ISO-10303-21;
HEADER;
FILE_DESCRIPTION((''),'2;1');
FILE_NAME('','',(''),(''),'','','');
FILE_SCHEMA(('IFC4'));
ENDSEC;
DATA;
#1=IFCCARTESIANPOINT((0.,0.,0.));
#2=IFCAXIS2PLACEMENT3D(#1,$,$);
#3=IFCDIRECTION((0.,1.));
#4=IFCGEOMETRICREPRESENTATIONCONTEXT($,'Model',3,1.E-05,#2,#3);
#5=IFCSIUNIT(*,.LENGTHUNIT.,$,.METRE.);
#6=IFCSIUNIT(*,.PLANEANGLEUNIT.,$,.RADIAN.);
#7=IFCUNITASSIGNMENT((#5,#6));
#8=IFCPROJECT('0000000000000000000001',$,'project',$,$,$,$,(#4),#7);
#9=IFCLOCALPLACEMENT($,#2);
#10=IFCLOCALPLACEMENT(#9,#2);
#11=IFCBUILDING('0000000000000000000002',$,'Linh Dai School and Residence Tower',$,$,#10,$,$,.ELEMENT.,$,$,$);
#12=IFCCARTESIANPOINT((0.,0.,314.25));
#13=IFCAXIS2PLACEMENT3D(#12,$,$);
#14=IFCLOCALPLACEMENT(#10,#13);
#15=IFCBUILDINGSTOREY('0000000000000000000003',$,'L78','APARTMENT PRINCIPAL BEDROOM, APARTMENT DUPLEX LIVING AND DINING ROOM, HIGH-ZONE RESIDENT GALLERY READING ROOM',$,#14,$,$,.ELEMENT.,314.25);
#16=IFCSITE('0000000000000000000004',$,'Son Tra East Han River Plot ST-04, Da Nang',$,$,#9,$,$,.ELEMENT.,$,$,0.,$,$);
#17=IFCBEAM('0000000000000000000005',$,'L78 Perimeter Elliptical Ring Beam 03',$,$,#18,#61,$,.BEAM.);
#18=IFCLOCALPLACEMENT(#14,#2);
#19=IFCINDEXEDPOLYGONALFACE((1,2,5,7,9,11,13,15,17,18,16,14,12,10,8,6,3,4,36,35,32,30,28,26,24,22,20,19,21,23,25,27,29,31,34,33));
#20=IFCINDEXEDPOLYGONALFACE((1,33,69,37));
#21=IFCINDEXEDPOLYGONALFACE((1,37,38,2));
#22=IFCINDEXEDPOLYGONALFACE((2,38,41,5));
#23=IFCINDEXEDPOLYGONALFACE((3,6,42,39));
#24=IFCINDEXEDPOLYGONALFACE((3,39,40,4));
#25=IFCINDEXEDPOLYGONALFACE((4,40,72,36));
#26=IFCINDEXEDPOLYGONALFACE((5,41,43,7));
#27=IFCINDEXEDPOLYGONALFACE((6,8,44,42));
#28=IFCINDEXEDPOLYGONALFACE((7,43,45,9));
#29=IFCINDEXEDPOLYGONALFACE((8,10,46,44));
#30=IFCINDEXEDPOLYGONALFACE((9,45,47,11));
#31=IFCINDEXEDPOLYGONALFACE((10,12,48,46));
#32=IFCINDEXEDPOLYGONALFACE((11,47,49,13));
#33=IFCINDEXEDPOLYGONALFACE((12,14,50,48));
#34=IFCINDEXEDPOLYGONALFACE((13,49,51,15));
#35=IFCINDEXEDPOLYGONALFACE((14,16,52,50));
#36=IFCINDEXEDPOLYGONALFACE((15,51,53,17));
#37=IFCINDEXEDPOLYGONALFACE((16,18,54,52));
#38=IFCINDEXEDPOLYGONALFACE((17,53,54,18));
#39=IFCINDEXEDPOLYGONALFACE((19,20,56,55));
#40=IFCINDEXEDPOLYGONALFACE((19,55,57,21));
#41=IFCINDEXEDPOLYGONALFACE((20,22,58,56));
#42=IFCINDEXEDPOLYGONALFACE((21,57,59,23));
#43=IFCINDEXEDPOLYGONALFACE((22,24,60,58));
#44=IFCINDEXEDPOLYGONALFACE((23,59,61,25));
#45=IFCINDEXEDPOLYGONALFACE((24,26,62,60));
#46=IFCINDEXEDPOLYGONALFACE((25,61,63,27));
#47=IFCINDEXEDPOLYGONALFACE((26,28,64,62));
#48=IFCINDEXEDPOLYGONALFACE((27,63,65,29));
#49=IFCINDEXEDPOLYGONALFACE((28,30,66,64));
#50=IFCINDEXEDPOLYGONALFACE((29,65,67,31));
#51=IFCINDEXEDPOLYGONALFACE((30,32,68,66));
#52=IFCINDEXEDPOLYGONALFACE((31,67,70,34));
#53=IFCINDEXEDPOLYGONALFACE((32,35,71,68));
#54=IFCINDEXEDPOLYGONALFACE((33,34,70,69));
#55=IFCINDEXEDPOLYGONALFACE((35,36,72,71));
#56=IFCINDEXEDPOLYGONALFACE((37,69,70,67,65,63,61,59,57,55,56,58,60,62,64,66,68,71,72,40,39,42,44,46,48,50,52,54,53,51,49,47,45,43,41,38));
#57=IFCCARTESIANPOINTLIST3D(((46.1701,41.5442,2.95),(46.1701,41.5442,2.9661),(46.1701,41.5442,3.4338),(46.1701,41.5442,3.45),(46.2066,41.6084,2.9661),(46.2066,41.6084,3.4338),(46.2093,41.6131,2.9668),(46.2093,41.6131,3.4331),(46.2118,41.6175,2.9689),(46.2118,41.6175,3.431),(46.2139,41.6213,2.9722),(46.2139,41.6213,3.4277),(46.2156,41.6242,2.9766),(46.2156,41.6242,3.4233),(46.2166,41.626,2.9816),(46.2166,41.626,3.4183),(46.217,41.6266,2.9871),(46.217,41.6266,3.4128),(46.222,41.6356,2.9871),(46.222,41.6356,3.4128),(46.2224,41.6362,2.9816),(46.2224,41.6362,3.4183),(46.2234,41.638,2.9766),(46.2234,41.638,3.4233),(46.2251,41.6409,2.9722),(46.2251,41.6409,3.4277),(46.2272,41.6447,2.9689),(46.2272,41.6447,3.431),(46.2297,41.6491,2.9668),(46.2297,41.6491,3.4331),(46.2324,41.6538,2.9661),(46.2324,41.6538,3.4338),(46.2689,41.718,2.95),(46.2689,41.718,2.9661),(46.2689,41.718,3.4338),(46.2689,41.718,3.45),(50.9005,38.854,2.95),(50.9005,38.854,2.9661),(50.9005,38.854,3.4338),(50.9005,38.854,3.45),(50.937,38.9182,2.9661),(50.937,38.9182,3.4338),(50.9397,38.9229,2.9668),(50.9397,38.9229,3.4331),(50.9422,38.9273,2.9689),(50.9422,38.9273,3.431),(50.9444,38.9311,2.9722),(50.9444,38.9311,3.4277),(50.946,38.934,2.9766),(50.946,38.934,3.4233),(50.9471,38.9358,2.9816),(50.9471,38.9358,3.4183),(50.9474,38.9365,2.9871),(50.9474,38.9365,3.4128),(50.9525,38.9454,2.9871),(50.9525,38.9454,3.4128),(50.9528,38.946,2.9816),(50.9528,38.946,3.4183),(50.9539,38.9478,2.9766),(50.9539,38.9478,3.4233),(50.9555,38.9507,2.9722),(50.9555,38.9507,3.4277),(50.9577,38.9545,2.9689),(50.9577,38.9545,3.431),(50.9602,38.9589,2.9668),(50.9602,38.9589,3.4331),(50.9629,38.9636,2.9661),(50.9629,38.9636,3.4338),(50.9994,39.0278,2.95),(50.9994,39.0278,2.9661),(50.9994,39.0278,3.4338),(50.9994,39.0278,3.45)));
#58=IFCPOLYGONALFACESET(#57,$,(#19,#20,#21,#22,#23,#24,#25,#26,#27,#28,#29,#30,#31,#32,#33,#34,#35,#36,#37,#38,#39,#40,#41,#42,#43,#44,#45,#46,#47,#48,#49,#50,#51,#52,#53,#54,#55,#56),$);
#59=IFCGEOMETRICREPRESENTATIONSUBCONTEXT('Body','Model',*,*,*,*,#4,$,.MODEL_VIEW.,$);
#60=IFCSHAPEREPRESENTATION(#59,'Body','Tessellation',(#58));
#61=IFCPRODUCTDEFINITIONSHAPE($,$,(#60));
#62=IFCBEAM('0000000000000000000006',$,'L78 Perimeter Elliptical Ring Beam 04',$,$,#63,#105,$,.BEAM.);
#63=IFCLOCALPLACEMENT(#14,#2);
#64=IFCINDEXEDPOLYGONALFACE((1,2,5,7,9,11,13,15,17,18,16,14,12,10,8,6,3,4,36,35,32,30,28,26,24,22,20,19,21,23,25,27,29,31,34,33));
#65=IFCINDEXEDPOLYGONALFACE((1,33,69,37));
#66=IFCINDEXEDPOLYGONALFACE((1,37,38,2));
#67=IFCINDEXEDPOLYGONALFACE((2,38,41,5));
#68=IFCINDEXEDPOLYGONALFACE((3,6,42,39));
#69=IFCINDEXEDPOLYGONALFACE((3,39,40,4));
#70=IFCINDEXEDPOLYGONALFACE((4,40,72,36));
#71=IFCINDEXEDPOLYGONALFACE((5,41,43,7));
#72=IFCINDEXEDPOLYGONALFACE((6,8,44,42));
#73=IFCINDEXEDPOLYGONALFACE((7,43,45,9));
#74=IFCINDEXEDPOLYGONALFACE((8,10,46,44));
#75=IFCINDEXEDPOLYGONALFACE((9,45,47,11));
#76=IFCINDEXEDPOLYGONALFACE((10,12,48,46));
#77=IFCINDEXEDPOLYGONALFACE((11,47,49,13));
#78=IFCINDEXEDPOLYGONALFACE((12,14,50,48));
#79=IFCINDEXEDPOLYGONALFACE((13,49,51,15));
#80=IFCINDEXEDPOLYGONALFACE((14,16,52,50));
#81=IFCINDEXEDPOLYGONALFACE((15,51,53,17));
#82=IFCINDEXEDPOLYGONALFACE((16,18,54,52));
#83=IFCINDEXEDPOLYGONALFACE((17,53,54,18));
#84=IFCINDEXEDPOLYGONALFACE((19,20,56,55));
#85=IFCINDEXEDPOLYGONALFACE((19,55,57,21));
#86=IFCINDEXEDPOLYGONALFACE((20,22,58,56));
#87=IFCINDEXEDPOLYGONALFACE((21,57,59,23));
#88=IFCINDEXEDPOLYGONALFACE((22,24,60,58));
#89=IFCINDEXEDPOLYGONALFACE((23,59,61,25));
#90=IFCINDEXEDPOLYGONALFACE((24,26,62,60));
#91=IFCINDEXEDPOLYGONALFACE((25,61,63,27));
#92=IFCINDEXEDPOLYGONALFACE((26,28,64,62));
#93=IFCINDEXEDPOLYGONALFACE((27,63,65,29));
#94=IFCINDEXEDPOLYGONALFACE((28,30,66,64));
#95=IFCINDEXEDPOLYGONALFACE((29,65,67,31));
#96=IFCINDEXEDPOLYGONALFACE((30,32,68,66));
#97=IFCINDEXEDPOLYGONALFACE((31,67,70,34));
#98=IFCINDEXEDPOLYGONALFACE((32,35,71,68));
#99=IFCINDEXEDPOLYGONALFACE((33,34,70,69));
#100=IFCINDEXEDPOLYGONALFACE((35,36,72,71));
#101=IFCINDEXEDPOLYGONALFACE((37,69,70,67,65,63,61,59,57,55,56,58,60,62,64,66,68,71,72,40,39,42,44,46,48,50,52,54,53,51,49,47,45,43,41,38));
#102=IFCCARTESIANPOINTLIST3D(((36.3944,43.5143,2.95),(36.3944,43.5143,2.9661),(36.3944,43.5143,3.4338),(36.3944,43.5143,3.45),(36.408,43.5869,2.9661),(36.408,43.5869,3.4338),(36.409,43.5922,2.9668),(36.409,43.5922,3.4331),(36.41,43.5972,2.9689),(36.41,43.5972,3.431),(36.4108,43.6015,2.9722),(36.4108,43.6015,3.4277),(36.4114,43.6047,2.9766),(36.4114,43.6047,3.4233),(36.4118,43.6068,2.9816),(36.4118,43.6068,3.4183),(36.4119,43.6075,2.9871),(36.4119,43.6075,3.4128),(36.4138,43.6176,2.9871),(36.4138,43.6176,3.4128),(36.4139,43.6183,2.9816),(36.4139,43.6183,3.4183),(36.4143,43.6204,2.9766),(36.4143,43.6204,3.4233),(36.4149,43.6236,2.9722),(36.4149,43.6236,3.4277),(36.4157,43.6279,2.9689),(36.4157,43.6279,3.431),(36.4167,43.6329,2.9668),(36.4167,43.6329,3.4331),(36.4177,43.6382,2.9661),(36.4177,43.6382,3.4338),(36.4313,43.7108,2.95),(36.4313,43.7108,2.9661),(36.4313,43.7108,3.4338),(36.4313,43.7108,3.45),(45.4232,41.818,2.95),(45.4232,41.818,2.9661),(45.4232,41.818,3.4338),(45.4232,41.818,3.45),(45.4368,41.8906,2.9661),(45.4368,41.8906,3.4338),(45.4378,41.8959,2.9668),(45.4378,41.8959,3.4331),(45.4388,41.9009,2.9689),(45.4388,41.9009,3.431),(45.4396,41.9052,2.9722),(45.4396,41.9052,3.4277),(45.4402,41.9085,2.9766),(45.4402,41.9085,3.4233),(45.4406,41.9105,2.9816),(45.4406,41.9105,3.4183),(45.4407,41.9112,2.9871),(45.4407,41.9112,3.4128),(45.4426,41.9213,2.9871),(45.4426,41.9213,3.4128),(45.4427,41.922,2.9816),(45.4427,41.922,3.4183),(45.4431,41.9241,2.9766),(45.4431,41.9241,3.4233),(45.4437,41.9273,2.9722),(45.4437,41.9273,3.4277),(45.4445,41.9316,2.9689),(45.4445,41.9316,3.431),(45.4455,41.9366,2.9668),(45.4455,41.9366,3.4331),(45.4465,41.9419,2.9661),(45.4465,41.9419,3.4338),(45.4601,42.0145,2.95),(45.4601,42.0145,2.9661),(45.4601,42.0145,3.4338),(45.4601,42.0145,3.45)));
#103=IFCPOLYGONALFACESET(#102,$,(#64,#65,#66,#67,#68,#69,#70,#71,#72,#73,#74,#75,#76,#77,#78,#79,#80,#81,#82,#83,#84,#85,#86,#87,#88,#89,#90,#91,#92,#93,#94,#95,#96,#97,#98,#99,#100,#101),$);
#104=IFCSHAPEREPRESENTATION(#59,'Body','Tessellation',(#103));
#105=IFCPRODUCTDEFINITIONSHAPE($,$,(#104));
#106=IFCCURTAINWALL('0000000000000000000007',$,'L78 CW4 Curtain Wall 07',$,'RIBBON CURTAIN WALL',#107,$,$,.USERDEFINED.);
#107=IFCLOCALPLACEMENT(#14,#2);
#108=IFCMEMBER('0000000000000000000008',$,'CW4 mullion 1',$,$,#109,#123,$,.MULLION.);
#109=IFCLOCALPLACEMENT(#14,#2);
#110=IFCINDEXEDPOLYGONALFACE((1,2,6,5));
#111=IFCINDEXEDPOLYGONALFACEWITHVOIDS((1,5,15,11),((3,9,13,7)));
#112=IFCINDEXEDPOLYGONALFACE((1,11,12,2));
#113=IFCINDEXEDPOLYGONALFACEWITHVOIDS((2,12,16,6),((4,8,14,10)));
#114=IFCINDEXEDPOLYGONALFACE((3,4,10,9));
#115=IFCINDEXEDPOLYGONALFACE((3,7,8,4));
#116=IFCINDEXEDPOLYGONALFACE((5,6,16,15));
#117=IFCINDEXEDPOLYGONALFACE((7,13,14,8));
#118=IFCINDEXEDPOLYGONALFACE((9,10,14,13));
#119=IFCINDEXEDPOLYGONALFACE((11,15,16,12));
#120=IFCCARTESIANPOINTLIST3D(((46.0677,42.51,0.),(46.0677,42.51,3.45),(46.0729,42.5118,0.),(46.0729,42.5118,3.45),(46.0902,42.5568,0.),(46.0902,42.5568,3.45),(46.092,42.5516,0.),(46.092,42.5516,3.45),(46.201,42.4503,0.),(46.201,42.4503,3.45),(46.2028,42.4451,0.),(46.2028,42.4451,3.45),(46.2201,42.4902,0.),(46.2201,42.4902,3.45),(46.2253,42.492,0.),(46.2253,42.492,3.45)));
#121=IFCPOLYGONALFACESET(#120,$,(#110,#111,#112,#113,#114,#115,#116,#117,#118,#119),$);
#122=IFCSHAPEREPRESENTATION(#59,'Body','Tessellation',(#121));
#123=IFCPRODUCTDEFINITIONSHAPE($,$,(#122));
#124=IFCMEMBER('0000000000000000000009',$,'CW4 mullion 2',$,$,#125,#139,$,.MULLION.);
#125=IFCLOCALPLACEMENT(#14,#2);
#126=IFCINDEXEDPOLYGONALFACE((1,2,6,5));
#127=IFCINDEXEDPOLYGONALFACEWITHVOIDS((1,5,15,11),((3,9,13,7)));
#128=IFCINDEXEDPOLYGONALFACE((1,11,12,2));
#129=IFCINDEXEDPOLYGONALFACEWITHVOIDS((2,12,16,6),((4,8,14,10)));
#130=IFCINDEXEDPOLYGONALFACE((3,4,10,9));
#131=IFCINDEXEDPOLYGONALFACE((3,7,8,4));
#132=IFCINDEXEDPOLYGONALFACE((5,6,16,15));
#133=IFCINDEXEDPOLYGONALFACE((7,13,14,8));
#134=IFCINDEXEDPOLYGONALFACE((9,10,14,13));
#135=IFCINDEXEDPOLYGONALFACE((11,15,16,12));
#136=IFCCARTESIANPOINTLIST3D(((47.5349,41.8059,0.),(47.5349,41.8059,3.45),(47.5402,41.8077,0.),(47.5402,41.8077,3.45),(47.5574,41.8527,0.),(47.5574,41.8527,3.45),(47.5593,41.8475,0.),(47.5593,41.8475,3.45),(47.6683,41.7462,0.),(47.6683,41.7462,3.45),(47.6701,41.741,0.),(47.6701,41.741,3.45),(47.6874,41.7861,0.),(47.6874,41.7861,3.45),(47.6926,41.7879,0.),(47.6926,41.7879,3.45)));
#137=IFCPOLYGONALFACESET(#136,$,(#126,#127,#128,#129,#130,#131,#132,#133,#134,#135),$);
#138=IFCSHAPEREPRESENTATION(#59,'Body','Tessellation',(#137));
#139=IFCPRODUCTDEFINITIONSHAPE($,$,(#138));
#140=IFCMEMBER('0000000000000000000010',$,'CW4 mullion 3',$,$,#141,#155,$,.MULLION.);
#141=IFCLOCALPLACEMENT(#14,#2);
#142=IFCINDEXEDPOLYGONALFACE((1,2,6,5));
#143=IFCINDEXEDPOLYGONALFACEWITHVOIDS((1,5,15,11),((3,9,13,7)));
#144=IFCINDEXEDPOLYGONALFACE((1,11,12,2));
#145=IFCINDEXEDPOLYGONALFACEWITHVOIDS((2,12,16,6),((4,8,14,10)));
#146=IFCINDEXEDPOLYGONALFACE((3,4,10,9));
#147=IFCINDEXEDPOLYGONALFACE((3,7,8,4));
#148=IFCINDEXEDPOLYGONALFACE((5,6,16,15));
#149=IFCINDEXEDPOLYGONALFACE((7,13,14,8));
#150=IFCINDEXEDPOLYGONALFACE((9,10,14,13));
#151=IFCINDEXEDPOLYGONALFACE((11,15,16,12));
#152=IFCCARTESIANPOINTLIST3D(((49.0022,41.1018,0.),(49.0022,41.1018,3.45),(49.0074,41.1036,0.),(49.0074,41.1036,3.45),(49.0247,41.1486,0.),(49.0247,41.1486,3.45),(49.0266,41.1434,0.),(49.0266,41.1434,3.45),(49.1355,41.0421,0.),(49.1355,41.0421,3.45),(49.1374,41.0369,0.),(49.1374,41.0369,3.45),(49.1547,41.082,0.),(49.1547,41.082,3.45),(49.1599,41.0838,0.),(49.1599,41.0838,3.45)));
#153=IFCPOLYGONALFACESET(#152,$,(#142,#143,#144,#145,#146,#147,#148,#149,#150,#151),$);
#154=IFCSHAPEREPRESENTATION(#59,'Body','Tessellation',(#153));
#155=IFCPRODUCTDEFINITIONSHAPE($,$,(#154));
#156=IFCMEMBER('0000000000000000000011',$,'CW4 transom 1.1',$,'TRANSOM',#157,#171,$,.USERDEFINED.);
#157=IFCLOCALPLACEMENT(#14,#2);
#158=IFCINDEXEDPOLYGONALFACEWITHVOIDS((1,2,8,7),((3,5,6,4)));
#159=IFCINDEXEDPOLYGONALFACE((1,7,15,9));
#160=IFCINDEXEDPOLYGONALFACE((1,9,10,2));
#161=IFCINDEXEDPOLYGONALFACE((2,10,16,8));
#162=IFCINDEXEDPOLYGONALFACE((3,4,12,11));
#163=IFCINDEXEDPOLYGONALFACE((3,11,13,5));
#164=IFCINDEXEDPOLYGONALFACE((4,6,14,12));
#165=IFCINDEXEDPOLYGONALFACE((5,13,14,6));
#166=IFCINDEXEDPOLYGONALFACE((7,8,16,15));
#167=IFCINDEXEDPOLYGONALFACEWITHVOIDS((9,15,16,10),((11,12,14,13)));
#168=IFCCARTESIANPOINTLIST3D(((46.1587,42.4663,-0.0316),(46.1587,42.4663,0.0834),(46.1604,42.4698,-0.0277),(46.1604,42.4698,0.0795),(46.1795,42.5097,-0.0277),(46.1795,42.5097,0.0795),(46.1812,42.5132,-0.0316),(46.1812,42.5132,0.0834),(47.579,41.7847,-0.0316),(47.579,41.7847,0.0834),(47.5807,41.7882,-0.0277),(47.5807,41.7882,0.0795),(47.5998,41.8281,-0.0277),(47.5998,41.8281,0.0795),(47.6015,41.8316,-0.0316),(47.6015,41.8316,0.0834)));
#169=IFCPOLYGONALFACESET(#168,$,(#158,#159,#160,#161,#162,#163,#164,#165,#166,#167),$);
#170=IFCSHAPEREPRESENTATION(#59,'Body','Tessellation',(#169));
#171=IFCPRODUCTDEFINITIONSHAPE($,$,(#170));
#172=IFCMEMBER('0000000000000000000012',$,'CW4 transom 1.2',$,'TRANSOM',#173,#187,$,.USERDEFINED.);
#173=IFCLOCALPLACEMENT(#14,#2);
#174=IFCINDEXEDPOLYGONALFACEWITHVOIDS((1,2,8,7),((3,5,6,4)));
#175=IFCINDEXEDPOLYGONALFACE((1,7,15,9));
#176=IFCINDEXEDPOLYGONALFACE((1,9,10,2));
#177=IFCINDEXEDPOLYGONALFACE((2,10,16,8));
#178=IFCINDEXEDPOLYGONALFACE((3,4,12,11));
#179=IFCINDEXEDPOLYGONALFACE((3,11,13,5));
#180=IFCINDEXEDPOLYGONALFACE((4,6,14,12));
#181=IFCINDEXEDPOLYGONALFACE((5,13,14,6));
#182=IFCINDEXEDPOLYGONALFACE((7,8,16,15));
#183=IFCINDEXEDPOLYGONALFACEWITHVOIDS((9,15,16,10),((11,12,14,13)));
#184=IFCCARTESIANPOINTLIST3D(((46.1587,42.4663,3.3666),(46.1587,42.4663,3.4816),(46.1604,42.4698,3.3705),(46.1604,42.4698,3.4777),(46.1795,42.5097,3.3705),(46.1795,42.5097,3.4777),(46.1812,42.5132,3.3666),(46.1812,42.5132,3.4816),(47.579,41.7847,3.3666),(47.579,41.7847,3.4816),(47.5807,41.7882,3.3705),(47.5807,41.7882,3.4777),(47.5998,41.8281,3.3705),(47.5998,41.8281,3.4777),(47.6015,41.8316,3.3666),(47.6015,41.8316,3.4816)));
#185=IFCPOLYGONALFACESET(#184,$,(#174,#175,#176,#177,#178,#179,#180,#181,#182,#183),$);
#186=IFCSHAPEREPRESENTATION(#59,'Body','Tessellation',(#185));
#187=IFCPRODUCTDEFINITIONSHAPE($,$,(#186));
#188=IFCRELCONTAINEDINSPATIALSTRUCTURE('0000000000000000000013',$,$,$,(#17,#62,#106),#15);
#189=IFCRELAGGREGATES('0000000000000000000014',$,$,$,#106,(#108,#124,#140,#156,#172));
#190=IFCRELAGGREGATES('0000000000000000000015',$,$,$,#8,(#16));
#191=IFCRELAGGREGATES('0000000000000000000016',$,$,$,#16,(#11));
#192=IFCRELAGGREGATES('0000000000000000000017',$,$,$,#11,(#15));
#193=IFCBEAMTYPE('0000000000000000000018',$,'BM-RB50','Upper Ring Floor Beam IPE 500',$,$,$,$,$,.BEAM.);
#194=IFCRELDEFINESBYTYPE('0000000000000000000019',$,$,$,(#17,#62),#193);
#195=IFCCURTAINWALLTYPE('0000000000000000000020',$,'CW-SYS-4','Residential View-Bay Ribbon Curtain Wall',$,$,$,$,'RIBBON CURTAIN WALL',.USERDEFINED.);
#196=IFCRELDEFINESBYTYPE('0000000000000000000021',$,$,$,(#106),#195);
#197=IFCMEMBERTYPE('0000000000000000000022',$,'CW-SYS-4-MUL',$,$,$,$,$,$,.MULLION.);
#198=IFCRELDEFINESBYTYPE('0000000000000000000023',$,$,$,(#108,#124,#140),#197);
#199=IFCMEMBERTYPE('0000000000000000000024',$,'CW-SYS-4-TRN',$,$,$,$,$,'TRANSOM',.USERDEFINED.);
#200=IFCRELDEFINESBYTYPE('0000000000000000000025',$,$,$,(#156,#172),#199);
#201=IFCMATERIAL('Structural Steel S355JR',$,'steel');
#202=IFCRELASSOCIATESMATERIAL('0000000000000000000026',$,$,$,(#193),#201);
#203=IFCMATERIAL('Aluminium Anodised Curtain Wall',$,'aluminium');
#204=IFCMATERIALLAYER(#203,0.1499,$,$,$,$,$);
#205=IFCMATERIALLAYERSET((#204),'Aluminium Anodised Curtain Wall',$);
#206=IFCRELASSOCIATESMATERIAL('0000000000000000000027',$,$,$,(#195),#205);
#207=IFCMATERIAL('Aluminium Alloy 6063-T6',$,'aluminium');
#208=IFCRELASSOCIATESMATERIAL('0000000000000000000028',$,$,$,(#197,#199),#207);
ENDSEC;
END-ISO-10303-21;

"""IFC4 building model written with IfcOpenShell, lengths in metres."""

from ifc_helpers import new_model, si_unit, direction, frame, origin, origin_2d, place, context, subcontext, project, spatial, hollow_rectangle, i_section, extrude, source, transform, mapped, material, layer, layer_set, material_profile, profile_set, type_object, element, aggregate, save


model = new_model("IFC4")

# Units and contexts
model_context = context("Model", 3, precision=1e-05, world=origin(), true_north=direction((0.0, 1.0)))
body_context = subcontext(model_context, "Body", "Model", "MODEL_VIEW")
ifc_project = project(units=[si_unit("LENGTHUNIT", "METRE"), si_unit("PLANEANGLEUNIT", "RADIAN")], contexts=[model_context])

# Site, building, storey
site_placement = place(None, origin())
site = spatial("IfcSite", under=ifc_project, at=site_placement, Name="Son Tra East Han River Plot ST-04, Da Nang", CompositionType="ELEMENT", RefElevation=0.0)
building_placement = place(site_placement, origin())
building = spatial("IfcBuilding", under=site, at=building_placement, Name="Linh Dai School and Residence Tower", CompositionType="ELEMENT")
storey_placement = place(building_placement, frame((0.0, 0.0, 314.25)))
storey = spatial("IfcBuildingStorey", under=building, at=storey_placement, Name="L78", Description="APARTMENT PRINCIPAL BEDROOM, APARTMENT DUPLEX LIVING AND DINING ROOM, HIGH-ZONE RESIDENT GALLERY READING ROOM", CompositionType="ELEMENT", Elevation=314.25)

# Shared definitions
ifc_material_1 = material(Name="Structural Steel S355JR", Category="steel")

# Beams
ifc_material_profile_1 = material_profile(ifc_material_1, i_section(OverallWidth=0.2, OverallDepth=0.5, WebThickness=0.0103, FlangeThickness=0.0161, FilletRadius=0.021, at=origin_2d()), Name="IPE 500")
ifc_profile_set_1 = profile_set([ifc_material_profile_1], Name="Structural Steel S355JR")
beam_type = type_object("IfcBeamType", Name="BM-RB50", Description="Upper Ring Floor Beam IPE 500", PredefinedType="BEAM", material=ifc_profile_set_1)
beam_1_placement = place(storey_placement, frame((50.95, 38.9409, 3.2), z_axis=(-0.869266, 0.494345, 0.0), x_axis=(-0.494345, -0.869266, 0.0)))
element("IfcBeam", 1, at=beam_1_placement, inside=storey, type_object=beam_type, Name="L78 Perimeter Elliptical Ring Beam 03", PredefinedType="BEAM", context=body_context, shape_type="SweptSolid", body=[
    extrude(i_section(OverallWidth=0.2, OverallDepth=0.5, WebThickness=0.0103, FlangeThickness=0.0161, FilletRadius=0.021, at=origin_2d()), origin(), (0.0, 0.0, 1.0), 5.4419),
])
beam_2_placement = place(storey_placement, frame((45.4417, 41.9163, 3.2), z_axis=(-0.982805, 0.184645, 0.0), x_axis=(-0.184645, -0.982805, 0.0)))
element("IfcBeam", 2, at=beam_2_placement, inside=storey, type_object=beam_type, Name="L78 Perimeter Elliptical Ring Beam 04", PredefinedType="BEAM", context=body_context, shape_type="SweptSolid", body=[
    extrude(i_section(OverallWidth=0.2, OverallDepth=0.5, WebThickness=0.0103, FlangeThickness=0.0161, FilletRadius=0.021, at=origin_2d()), origin(), (0.0, 0.0, 1.0), 9.1868),
])

# Curtain wall, members
ifc_material_2 = material(Name="Aluminium Anodised Curtain Wall", Category="aluminium")
ifc_layer_1 = layer(ifc_material_2, 0.1499)
ifc_layer_set_1 = layer_set([ifc_layer_1], Name="Aluminium Anodised Curtain Wall")
curtain_wall_type = type_object("IfcCurtainWallType", Name="CW-SYS-4", Description="Residential View-Bay Ribbon Curtain Wall", ElementType="RIBBON CURTAIN WALL", PredefinedType="USERDEFINED", material=ifc_layer_set_1)
curtain_wall_placement = place(storey_placement, origin())
curtain_wall = element("IfcCurtainWall", 3, at=curtain_wall_placement, inside=storey, type_object=curtain_wall_type, Name="L78 CW4 Curtain Wall 07", ObjectType="RIBBON CURTAIN WALL", PredefinedType="USERDEFINED")
ifc_material_3 = material(Name="Aluminium Alloy 6063-T6", Category="aluminium")
ifc_material_profile_2 = material_profile(ifc_material_3, hollow_rectangle(XDim=0.052, YDim=0.1499, WallThickness=0.0039, at=origin_2d()), Name="RHS 150x52x4")
ifc_profile_set_2 = profile_set([ifc_material_profile_2], Name="Aluminium Alloy 6063-T6")
member_type_1 = type_object("IfcMemberType", Name="CW-SYS-4-MUL", PredefinedType="MULLION", material=ifc_profile_set_2)
shared_shape_1 = source(origin(), body_context, "Body", "SweptSolid", [
    extrude(hollow_rectangle(XDim=0.052, YDim=0.1499, WallThickness=0.0039, at=origin_2d()), origin(), (0.0, 0.0, 1.0), 3.45),
])
member_1_placement = place(storey_placement, frame((46.1465, 42.501, 0.0), z_axis=(0.0, 0.0, 1.0), x_axis=(0.432612, 0.90158, 0.0)))
member_1 = element("IfcMember", 4, at=member_1_placement, type_object=member_type_1, Name="CW4 mullion 1", PredefinedType="MULLION", context=body_context, shape_type="MappedRepresentation", body=[
    mapped(shared_shape_1, transform((0.0, 0.0, 0.0), x_axis=(1.0, 0.0, 0.0), y_axis=(0.0, 1.0, 0.0), z_axis=(0.0, 0.0, 1.0), scale=1.0)),
])
member_2_placement = place(storey_placement, frame((47.6138, 41.7969, 0.0), z_axis=(0.0, 0.0, 1.0), x_axis=(0.432612, 0.90158, 0.0)))
member_2 = element("IfcMember", 5, at=member_2_placement, type_object=member_type_1, Name="CW4 mullion 2", PredefinedType="MULLION", context=body_context, shape_type="MappedRepresentation", body=[
    mapped(shared_shape_1, transform((0.0, 0.0, 0.0), x_axis=(1.0, 0.0, 0.0), y_axis=(0.0, 1.0, 0.0), z_axis=(0.0, 0.0, 1.0), scale=1.0)),
])
member_3_placement = place(storey_placement, frame((49.0811, 41.0928, 0.0), z_axis=(0.0, 0.0, 1.0), x_axis=(0.432612, 0.90158, 0.0)))
member_3 = element("IfcMember", 6, at=member_3_placement, type_object=member_type_1, Name="CW4 mullion 3", PredefinedType="MULLION", context=body_context, shape_type="MappedRepresentation", body=[
    mapped(shared_shape_1, transform((0.0, 0.0, 0.0), x_axis=(1.0, 0.0, 0.0), y_axis=(0.0, 1.0, 0.0), z_axis=(0.0, 0.0, 1.0), scale=1.0)),
])
ifc_material_profile_3 = material_profile(ifc_material_3, hollow_rectangle(XDim=0.052, YDim=0.115, WallThickness=0.0039, at=origin_2d()), Name="RHS 115x52x4")
ifc_profile_set_3 = profile_set([ifc_material_profile_3], Name="Aluminium Alloy 6063-T6")
member_type_2 = type_object("IfcMemberType", Name="CW-SYS-4-TRN", ElementType="TRANSOM", PredefinedType="USERDEFINED", material=ifc_profile_set_3)
shared_shape_2 = source(origin(), body_context, "Body", "SweptSolid", [
    extrude(hollow_rectangle(XDim=0.052, YDim=0.115, WallThickness=0.0039, at=origin_2d()), origin(), (0.0, 0.0, 1.0), 1.5754),
])
member_4_placement = place(storey_placement, frame((46.1699, 42.4897, 0.0259), z_axis=(0.901562, -0.43265, 0.0), x_axis=(0.43265, 0.901562, 0.0)))
member_4 = element("IfcMember", 7, at=member_4_placement, type_object=member_type_2, Name="CW4 transom 1.1", ObjectType="TRANSOM", PredefinedType="USERDEFINED", context=body_context, shape_type="MappedRepresentation", body=[
    mapped(shared_shape_2, transform((0.0, 0.0, 0.0), x_axis=(1.0, 0.0, 0.0), y_axis=(0.0, 1.0, 0.0), z_axis=(0.0, 0.0, 1.0), scale=1.0)),
])
member_5_placement = place(storey_placement, frame((46.1699, 42.4897, 3.4241), z_axis=(0.901562, -0.43265, 0.0), x_axis=(0.43265, 0.901562, 0.0)))
member_5 = element("IfcMember", 8, at=member_5_placement, type_object=member_type_2, Name="CW4 transom 1.2", ObjectType="TRANSOM", PredefinedType="USERDEFINED", context=body_context, shape_type="MappedRepresentation", body=[
    mapped(shared_shape_2, transform((0.0, 0.0, 0.0), x_axis=(1.0, 0.0, 0.0), y_axis=(0.0, 1.0, 0.0), z_axis=(0.0, 0.0, 1.0), scale=1.0)),
])

aggregate(curtain_wall, [member_1, member_2, member_3, member_4, member_5])

save(model, "model.ifc")
